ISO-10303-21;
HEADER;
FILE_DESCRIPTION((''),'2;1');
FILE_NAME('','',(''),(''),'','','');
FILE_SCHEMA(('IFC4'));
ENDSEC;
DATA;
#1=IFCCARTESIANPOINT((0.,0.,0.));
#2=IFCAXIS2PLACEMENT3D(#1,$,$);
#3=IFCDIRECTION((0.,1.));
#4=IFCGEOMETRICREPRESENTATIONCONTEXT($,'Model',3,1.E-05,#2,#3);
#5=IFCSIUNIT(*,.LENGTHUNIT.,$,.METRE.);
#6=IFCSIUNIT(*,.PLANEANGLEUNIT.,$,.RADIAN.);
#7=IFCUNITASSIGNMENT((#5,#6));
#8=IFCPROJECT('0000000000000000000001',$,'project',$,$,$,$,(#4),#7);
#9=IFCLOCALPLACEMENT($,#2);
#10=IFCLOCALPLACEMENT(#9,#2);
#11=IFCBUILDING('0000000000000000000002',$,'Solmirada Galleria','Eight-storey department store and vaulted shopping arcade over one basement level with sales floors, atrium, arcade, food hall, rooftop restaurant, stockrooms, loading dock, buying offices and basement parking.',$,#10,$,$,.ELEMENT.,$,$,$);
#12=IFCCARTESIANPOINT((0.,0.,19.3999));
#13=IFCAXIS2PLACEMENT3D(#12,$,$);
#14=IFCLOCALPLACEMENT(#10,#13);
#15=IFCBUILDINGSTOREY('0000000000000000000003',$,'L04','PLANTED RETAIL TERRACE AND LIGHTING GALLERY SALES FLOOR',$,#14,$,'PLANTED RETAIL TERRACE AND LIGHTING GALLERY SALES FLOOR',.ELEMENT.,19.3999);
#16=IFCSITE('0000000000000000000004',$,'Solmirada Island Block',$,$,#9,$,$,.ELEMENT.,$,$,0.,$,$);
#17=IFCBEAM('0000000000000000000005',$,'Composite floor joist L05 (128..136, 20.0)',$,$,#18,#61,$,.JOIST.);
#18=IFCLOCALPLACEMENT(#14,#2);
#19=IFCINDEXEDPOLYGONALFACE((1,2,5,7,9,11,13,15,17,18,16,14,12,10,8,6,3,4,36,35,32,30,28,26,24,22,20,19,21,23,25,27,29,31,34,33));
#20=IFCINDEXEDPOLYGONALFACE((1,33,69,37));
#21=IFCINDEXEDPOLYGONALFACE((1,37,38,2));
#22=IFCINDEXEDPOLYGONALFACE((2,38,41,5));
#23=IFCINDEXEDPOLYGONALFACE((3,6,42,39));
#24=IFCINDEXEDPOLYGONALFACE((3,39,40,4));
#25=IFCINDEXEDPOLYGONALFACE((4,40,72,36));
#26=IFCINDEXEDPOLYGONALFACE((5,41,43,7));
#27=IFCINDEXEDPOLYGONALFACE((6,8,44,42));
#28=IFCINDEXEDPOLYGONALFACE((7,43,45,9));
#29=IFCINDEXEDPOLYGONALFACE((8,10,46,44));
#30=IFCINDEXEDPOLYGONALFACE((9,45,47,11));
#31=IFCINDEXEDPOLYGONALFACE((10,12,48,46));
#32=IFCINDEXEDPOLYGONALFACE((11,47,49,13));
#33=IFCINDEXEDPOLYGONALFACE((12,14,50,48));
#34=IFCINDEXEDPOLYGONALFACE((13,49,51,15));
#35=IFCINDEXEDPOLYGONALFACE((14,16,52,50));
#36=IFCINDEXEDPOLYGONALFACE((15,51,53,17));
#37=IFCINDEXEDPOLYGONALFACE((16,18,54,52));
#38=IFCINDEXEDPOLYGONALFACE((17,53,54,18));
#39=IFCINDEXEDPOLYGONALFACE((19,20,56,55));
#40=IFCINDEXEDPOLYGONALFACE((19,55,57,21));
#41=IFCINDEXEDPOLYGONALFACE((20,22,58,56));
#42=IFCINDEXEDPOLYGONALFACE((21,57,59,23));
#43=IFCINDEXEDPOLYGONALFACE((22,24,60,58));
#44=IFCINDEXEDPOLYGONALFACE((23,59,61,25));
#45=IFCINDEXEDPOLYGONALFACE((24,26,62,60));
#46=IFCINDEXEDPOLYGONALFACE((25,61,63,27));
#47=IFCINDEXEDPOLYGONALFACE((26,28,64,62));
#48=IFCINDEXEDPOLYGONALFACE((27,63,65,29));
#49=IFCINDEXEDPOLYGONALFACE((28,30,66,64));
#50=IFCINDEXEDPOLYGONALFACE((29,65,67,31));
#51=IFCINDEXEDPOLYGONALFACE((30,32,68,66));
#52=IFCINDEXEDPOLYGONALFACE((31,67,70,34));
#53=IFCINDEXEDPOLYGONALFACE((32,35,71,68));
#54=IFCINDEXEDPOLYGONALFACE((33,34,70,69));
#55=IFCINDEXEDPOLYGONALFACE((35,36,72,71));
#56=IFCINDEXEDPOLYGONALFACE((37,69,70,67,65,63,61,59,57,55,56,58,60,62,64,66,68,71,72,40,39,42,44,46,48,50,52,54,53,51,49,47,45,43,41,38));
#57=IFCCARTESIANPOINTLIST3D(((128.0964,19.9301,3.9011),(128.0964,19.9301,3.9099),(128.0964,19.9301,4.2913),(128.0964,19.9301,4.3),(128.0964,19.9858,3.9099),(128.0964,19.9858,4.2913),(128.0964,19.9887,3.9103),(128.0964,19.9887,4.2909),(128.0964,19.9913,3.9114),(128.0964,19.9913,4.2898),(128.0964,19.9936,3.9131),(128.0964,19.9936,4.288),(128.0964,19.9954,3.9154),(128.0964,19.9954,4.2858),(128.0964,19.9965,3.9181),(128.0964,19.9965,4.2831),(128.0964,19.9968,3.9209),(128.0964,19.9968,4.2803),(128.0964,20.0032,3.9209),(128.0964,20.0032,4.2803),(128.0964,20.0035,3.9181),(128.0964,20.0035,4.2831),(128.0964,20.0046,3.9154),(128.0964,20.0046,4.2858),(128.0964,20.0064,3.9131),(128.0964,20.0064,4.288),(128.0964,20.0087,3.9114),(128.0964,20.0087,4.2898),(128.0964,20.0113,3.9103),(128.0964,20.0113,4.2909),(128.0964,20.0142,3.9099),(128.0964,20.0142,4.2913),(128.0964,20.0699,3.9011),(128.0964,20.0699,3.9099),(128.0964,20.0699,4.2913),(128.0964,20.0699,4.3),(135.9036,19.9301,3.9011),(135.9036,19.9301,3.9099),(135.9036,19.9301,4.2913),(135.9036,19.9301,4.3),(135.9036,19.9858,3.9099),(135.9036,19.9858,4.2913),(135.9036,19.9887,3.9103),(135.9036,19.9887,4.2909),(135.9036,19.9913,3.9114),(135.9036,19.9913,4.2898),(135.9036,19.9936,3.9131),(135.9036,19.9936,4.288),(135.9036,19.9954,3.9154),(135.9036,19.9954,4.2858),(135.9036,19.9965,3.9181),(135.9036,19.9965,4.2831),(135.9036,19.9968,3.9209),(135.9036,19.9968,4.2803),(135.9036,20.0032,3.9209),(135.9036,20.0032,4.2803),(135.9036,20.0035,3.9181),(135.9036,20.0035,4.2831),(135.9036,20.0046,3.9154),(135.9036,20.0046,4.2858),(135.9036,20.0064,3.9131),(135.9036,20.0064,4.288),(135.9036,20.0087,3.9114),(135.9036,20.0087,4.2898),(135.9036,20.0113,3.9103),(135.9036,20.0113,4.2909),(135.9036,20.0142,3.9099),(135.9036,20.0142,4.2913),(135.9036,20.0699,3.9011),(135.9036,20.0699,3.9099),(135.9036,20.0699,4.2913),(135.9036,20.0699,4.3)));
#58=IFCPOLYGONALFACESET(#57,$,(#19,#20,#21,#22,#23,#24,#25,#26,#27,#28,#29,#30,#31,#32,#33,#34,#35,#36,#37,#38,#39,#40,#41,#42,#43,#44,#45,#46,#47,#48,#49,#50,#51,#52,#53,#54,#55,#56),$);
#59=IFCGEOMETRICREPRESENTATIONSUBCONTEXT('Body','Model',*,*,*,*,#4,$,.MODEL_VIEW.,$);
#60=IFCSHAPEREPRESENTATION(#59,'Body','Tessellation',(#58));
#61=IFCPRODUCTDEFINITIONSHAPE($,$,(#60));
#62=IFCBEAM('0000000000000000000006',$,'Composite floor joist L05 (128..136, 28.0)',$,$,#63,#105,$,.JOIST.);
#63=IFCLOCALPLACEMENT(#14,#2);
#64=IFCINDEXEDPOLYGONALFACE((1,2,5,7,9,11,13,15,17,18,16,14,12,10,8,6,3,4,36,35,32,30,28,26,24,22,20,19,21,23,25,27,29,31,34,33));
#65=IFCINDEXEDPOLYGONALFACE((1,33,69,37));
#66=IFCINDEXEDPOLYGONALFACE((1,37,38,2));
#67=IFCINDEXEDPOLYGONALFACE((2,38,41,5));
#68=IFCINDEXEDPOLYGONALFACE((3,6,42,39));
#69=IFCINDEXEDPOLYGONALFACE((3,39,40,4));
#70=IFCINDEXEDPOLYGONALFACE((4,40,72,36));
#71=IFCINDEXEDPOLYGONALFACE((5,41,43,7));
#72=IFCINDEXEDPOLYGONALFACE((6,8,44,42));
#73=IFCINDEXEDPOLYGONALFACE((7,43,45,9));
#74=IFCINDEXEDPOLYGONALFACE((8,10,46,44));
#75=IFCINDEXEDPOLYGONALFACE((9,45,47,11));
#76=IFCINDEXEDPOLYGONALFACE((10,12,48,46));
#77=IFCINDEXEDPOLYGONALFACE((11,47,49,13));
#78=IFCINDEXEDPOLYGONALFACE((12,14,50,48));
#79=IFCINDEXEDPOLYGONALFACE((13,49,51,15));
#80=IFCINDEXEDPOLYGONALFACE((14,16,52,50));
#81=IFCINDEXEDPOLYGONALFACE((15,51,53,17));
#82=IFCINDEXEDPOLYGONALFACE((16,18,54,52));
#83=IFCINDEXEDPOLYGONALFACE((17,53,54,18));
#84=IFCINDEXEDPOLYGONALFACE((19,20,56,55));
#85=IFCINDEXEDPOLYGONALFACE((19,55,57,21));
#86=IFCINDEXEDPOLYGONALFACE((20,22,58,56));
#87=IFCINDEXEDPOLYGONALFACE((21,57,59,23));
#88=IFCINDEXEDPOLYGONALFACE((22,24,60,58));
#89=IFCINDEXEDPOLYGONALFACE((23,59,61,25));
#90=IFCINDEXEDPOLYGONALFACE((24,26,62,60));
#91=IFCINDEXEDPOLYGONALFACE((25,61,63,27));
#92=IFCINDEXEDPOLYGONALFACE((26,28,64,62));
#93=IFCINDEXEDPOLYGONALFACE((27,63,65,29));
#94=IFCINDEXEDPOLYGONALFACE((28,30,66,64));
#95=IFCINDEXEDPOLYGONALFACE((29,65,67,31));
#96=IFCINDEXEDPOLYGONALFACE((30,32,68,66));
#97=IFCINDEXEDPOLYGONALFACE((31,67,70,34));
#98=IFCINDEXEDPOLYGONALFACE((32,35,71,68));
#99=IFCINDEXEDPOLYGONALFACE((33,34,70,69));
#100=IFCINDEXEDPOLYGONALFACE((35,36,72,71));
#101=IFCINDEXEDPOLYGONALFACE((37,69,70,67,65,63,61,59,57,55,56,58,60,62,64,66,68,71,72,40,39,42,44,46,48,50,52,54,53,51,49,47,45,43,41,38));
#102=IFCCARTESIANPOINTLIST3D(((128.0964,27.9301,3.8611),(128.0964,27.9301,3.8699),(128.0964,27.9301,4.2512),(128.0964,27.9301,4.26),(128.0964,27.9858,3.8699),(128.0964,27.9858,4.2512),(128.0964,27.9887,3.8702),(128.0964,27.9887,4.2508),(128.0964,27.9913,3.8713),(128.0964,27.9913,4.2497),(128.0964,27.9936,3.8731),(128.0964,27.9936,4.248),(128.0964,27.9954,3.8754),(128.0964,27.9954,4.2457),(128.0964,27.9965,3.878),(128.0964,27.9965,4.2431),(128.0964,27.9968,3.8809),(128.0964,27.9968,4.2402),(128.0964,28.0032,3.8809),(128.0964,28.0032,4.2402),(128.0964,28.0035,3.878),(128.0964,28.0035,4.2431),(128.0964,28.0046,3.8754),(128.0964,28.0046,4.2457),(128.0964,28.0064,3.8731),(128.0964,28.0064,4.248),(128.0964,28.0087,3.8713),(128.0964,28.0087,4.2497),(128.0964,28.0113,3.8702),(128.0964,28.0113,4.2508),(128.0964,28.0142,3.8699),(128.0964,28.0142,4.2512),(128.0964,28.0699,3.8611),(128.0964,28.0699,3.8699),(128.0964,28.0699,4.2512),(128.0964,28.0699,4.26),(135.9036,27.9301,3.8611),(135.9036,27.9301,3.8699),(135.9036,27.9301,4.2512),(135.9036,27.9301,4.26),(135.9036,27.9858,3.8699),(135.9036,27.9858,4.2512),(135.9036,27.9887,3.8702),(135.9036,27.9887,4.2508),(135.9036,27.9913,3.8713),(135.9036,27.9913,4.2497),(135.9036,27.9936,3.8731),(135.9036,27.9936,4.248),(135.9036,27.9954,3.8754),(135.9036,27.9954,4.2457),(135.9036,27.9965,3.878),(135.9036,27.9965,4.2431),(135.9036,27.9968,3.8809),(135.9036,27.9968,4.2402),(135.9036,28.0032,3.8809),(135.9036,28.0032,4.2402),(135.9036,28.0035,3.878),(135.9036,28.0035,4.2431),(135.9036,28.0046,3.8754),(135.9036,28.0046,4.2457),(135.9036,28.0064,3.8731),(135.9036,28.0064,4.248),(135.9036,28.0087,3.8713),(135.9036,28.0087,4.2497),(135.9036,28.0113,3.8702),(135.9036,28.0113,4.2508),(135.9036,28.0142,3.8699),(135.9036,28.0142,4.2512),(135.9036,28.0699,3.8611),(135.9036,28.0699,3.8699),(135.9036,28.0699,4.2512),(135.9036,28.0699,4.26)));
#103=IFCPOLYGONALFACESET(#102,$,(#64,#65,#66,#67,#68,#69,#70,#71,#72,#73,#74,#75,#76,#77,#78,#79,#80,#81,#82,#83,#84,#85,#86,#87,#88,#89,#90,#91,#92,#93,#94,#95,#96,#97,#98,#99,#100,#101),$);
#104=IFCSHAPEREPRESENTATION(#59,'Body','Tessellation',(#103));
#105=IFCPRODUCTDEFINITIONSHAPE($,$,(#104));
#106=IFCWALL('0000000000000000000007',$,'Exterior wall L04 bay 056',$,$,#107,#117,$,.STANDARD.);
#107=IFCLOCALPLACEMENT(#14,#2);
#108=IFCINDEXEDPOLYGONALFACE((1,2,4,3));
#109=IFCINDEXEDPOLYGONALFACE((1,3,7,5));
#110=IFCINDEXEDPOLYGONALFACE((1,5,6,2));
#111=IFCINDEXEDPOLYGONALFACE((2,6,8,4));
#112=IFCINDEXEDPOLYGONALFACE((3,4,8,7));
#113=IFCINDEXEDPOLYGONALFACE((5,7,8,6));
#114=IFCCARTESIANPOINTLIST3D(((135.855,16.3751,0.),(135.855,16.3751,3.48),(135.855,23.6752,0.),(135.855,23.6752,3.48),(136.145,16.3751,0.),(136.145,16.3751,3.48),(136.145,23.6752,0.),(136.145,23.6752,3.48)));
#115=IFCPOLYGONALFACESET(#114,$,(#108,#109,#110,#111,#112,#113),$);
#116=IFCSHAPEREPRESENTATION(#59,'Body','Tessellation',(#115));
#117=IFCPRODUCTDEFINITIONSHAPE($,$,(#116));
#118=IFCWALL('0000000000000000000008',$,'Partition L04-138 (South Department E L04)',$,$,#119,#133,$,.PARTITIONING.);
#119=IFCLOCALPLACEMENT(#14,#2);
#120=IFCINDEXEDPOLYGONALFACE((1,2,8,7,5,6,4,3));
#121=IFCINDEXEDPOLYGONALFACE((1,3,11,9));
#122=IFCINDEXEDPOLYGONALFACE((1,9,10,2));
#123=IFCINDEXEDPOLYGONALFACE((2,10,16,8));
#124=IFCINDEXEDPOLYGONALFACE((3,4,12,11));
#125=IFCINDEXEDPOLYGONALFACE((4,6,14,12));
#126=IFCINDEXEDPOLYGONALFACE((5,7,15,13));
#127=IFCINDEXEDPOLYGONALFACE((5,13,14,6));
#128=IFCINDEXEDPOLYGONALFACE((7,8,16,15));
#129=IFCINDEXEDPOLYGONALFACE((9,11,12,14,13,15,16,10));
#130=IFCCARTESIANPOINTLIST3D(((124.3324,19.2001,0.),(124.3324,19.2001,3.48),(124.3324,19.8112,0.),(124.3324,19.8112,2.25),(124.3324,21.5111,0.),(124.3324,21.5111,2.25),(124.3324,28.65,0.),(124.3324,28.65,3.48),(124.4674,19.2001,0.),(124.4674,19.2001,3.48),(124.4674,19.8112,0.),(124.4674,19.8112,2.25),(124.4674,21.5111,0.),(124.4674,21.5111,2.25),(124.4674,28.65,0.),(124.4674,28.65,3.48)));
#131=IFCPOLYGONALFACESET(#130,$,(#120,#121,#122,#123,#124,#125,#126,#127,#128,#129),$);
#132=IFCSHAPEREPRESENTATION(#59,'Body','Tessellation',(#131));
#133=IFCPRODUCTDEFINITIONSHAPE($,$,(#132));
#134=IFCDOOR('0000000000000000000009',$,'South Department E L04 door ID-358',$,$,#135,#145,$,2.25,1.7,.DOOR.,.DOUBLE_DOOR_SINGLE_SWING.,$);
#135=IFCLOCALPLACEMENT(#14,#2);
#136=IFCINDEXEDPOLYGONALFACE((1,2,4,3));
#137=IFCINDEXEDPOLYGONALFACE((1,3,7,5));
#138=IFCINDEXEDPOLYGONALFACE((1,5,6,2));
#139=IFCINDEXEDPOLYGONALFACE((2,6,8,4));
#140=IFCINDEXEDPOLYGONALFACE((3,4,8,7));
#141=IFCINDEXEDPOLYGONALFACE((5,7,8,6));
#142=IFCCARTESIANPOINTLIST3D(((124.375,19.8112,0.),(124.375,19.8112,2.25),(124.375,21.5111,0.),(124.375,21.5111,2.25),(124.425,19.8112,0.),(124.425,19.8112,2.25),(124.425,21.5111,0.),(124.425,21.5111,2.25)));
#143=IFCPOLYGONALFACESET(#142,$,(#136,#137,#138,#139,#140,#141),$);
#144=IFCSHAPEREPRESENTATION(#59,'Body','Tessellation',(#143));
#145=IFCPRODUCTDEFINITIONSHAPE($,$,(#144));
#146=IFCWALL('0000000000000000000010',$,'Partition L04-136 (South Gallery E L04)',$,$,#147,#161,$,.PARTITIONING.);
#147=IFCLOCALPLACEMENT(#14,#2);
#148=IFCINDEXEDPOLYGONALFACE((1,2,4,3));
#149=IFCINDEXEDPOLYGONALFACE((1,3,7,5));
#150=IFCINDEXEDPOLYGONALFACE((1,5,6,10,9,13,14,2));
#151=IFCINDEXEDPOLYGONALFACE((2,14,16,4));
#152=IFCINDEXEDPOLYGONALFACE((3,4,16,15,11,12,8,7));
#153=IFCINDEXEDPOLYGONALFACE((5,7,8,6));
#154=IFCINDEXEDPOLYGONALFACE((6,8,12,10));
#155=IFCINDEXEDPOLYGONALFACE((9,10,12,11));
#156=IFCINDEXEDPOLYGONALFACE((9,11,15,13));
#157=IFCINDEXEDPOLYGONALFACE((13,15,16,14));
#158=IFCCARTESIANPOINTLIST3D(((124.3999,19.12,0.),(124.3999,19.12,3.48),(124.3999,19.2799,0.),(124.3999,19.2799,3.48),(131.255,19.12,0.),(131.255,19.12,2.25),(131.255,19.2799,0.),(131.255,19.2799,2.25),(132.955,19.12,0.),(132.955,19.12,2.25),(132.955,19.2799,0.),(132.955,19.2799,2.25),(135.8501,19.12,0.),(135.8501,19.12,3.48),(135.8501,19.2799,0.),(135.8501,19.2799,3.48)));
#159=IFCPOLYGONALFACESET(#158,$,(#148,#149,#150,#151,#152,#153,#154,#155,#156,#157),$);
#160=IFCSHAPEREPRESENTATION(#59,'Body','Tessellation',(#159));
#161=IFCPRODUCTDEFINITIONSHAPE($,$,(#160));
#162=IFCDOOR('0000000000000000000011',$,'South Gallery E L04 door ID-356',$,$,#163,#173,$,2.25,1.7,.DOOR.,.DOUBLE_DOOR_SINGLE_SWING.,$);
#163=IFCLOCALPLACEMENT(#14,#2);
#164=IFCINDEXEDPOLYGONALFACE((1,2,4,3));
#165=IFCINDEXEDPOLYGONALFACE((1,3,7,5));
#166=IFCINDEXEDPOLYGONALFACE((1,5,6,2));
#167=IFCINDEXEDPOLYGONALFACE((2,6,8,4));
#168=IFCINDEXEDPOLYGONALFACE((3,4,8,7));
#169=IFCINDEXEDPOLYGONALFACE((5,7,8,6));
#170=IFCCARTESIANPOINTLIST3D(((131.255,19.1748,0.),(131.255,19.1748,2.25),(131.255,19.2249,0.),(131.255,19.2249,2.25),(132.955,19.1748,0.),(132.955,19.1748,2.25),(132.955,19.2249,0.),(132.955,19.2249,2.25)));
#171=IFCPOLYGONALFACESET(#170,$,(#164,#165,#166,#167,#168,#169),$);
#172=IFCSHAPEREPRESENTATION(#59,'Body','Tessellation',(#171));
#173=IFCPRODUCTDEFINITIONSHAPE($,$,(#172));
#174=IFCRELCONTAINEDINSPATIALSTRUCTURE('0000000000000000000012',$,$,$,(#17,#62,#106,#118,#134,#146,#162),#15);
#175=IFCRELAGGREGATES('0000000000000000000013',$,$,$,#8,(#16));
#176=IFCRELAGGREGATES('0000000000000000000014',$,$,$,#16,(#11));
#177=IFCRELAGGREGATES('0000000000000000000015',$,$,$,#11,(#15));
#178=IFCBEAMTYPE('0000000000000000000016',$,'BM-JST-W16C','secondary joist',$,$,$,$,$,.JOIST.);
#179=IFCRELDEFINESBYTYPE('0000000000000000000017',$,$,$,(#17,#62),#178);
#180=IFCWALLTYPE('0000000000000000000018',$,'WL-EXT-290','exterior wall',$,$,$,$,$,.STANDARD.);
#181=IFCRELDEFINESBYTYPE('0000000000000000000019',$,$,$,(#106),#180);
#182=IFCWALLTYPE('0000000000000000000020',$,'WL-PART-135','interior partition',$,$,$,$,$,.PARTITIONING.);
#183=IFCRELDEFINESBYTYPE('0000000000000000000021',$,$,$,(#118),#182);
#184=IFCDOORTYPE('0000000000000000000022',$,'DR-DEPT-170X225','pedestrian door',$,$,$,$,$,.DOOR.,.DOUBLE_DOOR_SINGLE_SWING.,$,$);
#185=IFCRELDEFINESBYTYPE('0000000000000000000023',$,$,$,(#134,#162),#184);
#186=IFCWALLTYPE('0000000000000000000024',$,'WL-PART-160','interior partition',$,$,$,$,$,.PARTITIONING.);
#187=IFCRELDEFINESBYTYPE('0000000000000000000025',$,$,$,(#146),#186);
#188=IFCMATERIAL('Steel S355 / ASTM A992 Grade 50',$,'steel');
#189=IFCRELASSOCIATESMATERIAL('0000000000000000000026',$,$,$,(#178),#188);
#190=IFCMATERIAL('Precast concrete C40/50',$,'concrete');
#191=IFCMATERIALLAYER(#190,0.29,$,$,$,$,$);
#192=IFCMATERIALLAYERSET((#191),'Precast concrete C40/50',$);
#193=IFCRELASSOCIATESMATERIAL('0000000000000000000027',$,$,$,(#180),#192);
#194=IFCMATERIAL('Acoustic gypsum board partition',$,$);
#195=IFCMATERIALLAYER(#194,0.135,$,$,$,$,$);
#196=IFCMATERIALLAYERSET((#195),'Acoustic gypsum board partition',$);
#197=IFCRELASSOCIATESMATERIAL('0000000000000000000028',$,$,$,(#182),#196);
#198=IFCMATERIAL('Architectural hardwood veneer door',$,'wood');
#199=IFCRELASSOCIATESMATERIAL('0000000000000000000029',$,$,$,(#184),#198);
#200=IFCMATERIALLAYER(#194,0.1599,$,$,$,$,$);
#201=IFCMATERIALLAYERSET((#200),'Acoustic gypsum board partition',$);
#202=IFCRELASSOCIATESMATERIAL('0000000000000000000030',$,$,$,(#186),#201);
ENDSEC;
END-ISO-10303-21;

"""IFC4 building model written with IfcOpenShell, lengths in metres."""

from ifc_helpers import new_model, si_unit, direction, frame, frame_2d, origin, origin_2d, place, context, subcontext, project, spatial, rectangle, i_section, extrude, material, layer, layer_set, material_profile, profile_set, type_object, element, fill, save


model = new_model("IFC4")

# Units and contexts
model_context = context("Model", 3, precision=1e-05, world=origin(), true_north=direction((0.0, 1.0)))
body_context = subcontext(model_context, "Body", "Model", "MODEL_VIEW")
ifc_project = project(units=[si_unit("LENGTHUNIT", "METRE"), si_unit("PLANEANGLEUNIT", "RADIAN")], contexts=[model_context])

# Site, building, storey
site_placement = place(None, origin())
site = spatial("IfcSite", under=ifc_project, at=site_placement, Name="Solmirada Island Block", CompositionType="ELEMENT", RefElevation=0.0)
building_placement = place(site_placement, origin())
building = spatial("IfcBuilding", under=site, at=building_placement, Name="Solmirada Galleria", Description="Eight-storey department store and vaulted shopping arcade over one basement level with sales floors, atrium, arcade, food hall, rooftop restaurant, stockrooms, loading dock, buying offices and basement parking.", CompositionType="ELEMENT")
storey_placement = place(building_placement, frame((0.0, 0.0, 19.3999)))
storey = spatial("IfcBuildingStorey", under=building, at=storey_placement, Name="L04", Description="PLANTED RETAIL TERRACE AND LIGHTING GALLERY SALES FLOOR", LongName="PLANTED RETAIL TERRACE AND LIGHTING GALLERY SALES FLOOR", CompositionType="ELEMENT", Elevation=19.3999)

# Beams
ifc_material_1 = material(Name="Steel S355 / ASTM A992 Grade 50", Category="steel")
ifc_material_profile_1 = material_profile(ifc_material_1, i_section(OverallWidth=0.1399, OverallDepth=0.3989, WebThickness=0.0063, FlangeThickness=0.0088, FilletRadius=0.011, at=origin_2d()), Name="W16X26")
ifc_profile_set_1 = profile_set([ifc_material_profile_1], Name="Steel S355 / ASTM A992 Grade 50")
beam_type_1 = type_object("IfcBeamType", Name="BM-JST-W16C", Description="secondary joist", PredefinedType="JOIST", material=ifc_profile_set_1)
for number, where, z_axis, x_axis, name in (
    (1, (128.0964, 20.0, 4.1006), (1.0, 0.0, 0.0), (0.0, 1.0, 0.0), "Composite floor joist L05 (128..136, 20.0)"),
    (2, (128.0964, 28.0, 4.0605), (1.0, 0.0, 0.0), (0.0, 1.0, 0.0), "Composite floor joist L05 (128..136, 28.0)"),
):
    element("IfcBeam", number, at=place(storey_placement, frame(where, z_axis=z_axis, x_axis=x_axis)), inside=storey, type_object=beam_type_1, Name=name, PredefinedType="JOIST", context=body_context, shape_type="SweptSolid", body=[
        extrude(i_section(OverallWidth=0.1399, OverallDepth=0.3989, WebThickness=0.0063, FlangeThickness=0.0088, FilletRadius=0.011, at=origin_2d()), origin(), (0.0, 0.0, 1.0), 7.8071),
    ])

# Wall
ifc_material_2 = material(Name="Precast concrete C40/50", Category="concrete")
ifc_layer_1 = layer(ifc_material_2, 0.29)
ifc_layer_set_1 = layer_set([ifc_layer_1], Name="Precast concrete C40/50")
wall_type_1 = type_object("IfcWallType", Name="WL-EXT-290", Description="exterior wall", PredefinedType="STANDARD", material=ifc_layer_set_1)
wall_1_placement = place(storey_placement, frame((136.0, 23.675, 0.0), z_axis=(0.0, 0.0, 1.0), x_axis=(0.0, -1.0, 0.0)))
element("IfcWall", 3, at=wall_1_placement, inside=storey, type_object=wall_type_1, Name="Exterior wall L04 bay 056", PredefinedType="STANDARD", context=body_context, shape_type="SweptSolid", body=[
    extrude(rectangle(XDim=7.3, YDim=0.29, at=frame_2d((3.6499, 0.0))), origin(), (0.0, 0.0, 1.0), 3.48),
])

# Walls, openings, doors
ifc_material_3 = material(Name="Acoustic gypsum board partition")
ifc_layer_2 = layer(ifc_material_3, 0.135)
ifc_layer_set_2 = layer_set([ifc_layer_2], Name="Acoustic gypsum board partition")
wall_type_2 = type_object("IfcWallType", Name="WL-PART-135", Description="interior partition", PredefinedType="PARTITIONING", material=ifc_layer_set_2)
wall_2_placement = place(storey_placement, frame((124.3999, 19.2, 0.0), z_axis=(0.0, 0.0, 1.0), x_axis=(0.0, 1.0, 0.0)))
wall_2 = element("IfcWall", 4, at=wall_2_placement, inside=storey, type_object=wall_type_2, Name="Partition L04-138 (South Department E L04)", PredefinedType="PARTITIONING", context=body_context, shape_type="SweptSolid", body=[
    extrude(rectangle(XDim=9.45, YDim=0.135, at=frame_2d((4.7251, 0.0))), origin(), (0.0, 0.0, 1.0), 3.48),
])
opening_1_placement = place(wall_2_placement, frame((0.6111, 0.0, 0.0)))
opening_1 = element("IfcOpeningElement", 5, at=opening_1_placement, cuts=wall_2, PredefinedType="OPENING", context=body_context, shape_type="SweptSolid", body=[
    extrude(rectangle(XDim=1.7, YDim=2.25, at=frame_2d((0.8501, 1.125))), frame((0.0, 0.0774, 0.0), z_axis=(0.0, -1.0, 0.0), x_axis=(1.0, 0.0, 0.0)), (0.0, 0.0, 1.0), 0.155),
])
ifc_material_4 = material(Name="Architectural hardwood veneer door", Category="wood")
door_type = type_object("IfcDoorType", Name="DR-DEPT-170X225", Description="pedestrian door", OperationType="DOUBLE_DOOR_SINGLE_SWING", PredefinedType="DOOR", material=ifc_material_4)
door_1_placement = place(opening_1_placement, origin())
door_1 = element("IfcDoor", 6, at=door_1_placement, inside=storey, type_object=door_type, Name="South Department E L04 door ID-358", OperationType="DOUBLE_DOOR_SINGLE_SWING", OverallHeight=2.25, OverallWidth=1.7, PredefinedType="DOOR", context=body_context, shape_type="SweptSolid", body=[
    extrude(rectangle(XDim=1.7, YDim=2.25, at=frame_2d((0.8501, 1.125))), frame((0.0, 0.0249, 0.0), z_axis=(0.0, -1.0, 0.0), x_axis=(1.0, 0.0, 0.0)), (0.0, 0.0, 1.0), 0.05),
])
fill(opening_1, door_1)
ifc_layer_3 = layer(ifc_material_3, 0.1599)
ifc_layer_set_3 = layer_set([ifc_layer_3], Name="Acoustic gypsum board partition")
wall_type_3 = type_object("IfcWallType", Name="WL-PART-160", Description="interior partition", PredefinedType="PARTITIONING", material=ifc_layer_set_3)
wall_3_placement = place(storey_placement, frame((124.3999, 19.2, 0.0), z_axis=(0.0, 0.0, 1.0), x_axis=(1.0, 0.0, 0.0)))
wall_3 = element("IfcWall", 7, at=wall_3_placement, inside=storey, type_object=wall_type_3, Name="Partition L04-136 (South Gallery E L04)", PredefinedType="PARTITIONING", context=body_context, shape_type="SweptSolid", body=[
    extrude(rectangle(XDim=11.4502, YDim=0.1599, at=frame_2d((5.7251, 0.0))), origin(), (0.0, 0.0, 1.0), 3.48),
])
opening_2_placement = place(wall_3_placement, frame((6.855, 0.0, 0.0)))
opening_2 = element("IfcOpeningElement", 8, at=opening_2_placement, cuts=wall_3, PredefinedType="OPENING", context=body_context, shape_type="SweptSolid", body=[
    extrude(rectangle(XDim=1.7, YDim=2.25, at=frame_2d((0.8501, 1.125))), frame((0.0, 0.0898, 0.0), z_axis=(0.0, -1.0, 0.0), x_axis=(1.0, 0.0, 0.0)), (0.0, 0.0, 1.0), 0.1799),
])
door_2_placement = place(opening_2_placement, origin())
door_2 = element("IfcDoor", 9, at=door_2_placement, inside=storey, type_object=door_type, Name="South Gallery E L04 door ID-356", OperationType="DOUBLE_DOOR_SINGLE_SWING", OverallHeight=2.25, OverallWidth=1.7, PredefinedType="DOOR", context=body_context, shape_type="SweptSolid", body=[
    extrude(rectangle(XDim=1.7, YDim=2.25, at=frame_2d((0.8501, 1.125))), frame((0.0, 0.0249, 0.0), z_axis=(0.0, -1.0, 0.0), x_axis=(1.0, 0.0, 0.0)), (0.0, 0.0, 1.0), 0.05),
])
fill(opening_2, door_2)

save(model, "model.ifc")
